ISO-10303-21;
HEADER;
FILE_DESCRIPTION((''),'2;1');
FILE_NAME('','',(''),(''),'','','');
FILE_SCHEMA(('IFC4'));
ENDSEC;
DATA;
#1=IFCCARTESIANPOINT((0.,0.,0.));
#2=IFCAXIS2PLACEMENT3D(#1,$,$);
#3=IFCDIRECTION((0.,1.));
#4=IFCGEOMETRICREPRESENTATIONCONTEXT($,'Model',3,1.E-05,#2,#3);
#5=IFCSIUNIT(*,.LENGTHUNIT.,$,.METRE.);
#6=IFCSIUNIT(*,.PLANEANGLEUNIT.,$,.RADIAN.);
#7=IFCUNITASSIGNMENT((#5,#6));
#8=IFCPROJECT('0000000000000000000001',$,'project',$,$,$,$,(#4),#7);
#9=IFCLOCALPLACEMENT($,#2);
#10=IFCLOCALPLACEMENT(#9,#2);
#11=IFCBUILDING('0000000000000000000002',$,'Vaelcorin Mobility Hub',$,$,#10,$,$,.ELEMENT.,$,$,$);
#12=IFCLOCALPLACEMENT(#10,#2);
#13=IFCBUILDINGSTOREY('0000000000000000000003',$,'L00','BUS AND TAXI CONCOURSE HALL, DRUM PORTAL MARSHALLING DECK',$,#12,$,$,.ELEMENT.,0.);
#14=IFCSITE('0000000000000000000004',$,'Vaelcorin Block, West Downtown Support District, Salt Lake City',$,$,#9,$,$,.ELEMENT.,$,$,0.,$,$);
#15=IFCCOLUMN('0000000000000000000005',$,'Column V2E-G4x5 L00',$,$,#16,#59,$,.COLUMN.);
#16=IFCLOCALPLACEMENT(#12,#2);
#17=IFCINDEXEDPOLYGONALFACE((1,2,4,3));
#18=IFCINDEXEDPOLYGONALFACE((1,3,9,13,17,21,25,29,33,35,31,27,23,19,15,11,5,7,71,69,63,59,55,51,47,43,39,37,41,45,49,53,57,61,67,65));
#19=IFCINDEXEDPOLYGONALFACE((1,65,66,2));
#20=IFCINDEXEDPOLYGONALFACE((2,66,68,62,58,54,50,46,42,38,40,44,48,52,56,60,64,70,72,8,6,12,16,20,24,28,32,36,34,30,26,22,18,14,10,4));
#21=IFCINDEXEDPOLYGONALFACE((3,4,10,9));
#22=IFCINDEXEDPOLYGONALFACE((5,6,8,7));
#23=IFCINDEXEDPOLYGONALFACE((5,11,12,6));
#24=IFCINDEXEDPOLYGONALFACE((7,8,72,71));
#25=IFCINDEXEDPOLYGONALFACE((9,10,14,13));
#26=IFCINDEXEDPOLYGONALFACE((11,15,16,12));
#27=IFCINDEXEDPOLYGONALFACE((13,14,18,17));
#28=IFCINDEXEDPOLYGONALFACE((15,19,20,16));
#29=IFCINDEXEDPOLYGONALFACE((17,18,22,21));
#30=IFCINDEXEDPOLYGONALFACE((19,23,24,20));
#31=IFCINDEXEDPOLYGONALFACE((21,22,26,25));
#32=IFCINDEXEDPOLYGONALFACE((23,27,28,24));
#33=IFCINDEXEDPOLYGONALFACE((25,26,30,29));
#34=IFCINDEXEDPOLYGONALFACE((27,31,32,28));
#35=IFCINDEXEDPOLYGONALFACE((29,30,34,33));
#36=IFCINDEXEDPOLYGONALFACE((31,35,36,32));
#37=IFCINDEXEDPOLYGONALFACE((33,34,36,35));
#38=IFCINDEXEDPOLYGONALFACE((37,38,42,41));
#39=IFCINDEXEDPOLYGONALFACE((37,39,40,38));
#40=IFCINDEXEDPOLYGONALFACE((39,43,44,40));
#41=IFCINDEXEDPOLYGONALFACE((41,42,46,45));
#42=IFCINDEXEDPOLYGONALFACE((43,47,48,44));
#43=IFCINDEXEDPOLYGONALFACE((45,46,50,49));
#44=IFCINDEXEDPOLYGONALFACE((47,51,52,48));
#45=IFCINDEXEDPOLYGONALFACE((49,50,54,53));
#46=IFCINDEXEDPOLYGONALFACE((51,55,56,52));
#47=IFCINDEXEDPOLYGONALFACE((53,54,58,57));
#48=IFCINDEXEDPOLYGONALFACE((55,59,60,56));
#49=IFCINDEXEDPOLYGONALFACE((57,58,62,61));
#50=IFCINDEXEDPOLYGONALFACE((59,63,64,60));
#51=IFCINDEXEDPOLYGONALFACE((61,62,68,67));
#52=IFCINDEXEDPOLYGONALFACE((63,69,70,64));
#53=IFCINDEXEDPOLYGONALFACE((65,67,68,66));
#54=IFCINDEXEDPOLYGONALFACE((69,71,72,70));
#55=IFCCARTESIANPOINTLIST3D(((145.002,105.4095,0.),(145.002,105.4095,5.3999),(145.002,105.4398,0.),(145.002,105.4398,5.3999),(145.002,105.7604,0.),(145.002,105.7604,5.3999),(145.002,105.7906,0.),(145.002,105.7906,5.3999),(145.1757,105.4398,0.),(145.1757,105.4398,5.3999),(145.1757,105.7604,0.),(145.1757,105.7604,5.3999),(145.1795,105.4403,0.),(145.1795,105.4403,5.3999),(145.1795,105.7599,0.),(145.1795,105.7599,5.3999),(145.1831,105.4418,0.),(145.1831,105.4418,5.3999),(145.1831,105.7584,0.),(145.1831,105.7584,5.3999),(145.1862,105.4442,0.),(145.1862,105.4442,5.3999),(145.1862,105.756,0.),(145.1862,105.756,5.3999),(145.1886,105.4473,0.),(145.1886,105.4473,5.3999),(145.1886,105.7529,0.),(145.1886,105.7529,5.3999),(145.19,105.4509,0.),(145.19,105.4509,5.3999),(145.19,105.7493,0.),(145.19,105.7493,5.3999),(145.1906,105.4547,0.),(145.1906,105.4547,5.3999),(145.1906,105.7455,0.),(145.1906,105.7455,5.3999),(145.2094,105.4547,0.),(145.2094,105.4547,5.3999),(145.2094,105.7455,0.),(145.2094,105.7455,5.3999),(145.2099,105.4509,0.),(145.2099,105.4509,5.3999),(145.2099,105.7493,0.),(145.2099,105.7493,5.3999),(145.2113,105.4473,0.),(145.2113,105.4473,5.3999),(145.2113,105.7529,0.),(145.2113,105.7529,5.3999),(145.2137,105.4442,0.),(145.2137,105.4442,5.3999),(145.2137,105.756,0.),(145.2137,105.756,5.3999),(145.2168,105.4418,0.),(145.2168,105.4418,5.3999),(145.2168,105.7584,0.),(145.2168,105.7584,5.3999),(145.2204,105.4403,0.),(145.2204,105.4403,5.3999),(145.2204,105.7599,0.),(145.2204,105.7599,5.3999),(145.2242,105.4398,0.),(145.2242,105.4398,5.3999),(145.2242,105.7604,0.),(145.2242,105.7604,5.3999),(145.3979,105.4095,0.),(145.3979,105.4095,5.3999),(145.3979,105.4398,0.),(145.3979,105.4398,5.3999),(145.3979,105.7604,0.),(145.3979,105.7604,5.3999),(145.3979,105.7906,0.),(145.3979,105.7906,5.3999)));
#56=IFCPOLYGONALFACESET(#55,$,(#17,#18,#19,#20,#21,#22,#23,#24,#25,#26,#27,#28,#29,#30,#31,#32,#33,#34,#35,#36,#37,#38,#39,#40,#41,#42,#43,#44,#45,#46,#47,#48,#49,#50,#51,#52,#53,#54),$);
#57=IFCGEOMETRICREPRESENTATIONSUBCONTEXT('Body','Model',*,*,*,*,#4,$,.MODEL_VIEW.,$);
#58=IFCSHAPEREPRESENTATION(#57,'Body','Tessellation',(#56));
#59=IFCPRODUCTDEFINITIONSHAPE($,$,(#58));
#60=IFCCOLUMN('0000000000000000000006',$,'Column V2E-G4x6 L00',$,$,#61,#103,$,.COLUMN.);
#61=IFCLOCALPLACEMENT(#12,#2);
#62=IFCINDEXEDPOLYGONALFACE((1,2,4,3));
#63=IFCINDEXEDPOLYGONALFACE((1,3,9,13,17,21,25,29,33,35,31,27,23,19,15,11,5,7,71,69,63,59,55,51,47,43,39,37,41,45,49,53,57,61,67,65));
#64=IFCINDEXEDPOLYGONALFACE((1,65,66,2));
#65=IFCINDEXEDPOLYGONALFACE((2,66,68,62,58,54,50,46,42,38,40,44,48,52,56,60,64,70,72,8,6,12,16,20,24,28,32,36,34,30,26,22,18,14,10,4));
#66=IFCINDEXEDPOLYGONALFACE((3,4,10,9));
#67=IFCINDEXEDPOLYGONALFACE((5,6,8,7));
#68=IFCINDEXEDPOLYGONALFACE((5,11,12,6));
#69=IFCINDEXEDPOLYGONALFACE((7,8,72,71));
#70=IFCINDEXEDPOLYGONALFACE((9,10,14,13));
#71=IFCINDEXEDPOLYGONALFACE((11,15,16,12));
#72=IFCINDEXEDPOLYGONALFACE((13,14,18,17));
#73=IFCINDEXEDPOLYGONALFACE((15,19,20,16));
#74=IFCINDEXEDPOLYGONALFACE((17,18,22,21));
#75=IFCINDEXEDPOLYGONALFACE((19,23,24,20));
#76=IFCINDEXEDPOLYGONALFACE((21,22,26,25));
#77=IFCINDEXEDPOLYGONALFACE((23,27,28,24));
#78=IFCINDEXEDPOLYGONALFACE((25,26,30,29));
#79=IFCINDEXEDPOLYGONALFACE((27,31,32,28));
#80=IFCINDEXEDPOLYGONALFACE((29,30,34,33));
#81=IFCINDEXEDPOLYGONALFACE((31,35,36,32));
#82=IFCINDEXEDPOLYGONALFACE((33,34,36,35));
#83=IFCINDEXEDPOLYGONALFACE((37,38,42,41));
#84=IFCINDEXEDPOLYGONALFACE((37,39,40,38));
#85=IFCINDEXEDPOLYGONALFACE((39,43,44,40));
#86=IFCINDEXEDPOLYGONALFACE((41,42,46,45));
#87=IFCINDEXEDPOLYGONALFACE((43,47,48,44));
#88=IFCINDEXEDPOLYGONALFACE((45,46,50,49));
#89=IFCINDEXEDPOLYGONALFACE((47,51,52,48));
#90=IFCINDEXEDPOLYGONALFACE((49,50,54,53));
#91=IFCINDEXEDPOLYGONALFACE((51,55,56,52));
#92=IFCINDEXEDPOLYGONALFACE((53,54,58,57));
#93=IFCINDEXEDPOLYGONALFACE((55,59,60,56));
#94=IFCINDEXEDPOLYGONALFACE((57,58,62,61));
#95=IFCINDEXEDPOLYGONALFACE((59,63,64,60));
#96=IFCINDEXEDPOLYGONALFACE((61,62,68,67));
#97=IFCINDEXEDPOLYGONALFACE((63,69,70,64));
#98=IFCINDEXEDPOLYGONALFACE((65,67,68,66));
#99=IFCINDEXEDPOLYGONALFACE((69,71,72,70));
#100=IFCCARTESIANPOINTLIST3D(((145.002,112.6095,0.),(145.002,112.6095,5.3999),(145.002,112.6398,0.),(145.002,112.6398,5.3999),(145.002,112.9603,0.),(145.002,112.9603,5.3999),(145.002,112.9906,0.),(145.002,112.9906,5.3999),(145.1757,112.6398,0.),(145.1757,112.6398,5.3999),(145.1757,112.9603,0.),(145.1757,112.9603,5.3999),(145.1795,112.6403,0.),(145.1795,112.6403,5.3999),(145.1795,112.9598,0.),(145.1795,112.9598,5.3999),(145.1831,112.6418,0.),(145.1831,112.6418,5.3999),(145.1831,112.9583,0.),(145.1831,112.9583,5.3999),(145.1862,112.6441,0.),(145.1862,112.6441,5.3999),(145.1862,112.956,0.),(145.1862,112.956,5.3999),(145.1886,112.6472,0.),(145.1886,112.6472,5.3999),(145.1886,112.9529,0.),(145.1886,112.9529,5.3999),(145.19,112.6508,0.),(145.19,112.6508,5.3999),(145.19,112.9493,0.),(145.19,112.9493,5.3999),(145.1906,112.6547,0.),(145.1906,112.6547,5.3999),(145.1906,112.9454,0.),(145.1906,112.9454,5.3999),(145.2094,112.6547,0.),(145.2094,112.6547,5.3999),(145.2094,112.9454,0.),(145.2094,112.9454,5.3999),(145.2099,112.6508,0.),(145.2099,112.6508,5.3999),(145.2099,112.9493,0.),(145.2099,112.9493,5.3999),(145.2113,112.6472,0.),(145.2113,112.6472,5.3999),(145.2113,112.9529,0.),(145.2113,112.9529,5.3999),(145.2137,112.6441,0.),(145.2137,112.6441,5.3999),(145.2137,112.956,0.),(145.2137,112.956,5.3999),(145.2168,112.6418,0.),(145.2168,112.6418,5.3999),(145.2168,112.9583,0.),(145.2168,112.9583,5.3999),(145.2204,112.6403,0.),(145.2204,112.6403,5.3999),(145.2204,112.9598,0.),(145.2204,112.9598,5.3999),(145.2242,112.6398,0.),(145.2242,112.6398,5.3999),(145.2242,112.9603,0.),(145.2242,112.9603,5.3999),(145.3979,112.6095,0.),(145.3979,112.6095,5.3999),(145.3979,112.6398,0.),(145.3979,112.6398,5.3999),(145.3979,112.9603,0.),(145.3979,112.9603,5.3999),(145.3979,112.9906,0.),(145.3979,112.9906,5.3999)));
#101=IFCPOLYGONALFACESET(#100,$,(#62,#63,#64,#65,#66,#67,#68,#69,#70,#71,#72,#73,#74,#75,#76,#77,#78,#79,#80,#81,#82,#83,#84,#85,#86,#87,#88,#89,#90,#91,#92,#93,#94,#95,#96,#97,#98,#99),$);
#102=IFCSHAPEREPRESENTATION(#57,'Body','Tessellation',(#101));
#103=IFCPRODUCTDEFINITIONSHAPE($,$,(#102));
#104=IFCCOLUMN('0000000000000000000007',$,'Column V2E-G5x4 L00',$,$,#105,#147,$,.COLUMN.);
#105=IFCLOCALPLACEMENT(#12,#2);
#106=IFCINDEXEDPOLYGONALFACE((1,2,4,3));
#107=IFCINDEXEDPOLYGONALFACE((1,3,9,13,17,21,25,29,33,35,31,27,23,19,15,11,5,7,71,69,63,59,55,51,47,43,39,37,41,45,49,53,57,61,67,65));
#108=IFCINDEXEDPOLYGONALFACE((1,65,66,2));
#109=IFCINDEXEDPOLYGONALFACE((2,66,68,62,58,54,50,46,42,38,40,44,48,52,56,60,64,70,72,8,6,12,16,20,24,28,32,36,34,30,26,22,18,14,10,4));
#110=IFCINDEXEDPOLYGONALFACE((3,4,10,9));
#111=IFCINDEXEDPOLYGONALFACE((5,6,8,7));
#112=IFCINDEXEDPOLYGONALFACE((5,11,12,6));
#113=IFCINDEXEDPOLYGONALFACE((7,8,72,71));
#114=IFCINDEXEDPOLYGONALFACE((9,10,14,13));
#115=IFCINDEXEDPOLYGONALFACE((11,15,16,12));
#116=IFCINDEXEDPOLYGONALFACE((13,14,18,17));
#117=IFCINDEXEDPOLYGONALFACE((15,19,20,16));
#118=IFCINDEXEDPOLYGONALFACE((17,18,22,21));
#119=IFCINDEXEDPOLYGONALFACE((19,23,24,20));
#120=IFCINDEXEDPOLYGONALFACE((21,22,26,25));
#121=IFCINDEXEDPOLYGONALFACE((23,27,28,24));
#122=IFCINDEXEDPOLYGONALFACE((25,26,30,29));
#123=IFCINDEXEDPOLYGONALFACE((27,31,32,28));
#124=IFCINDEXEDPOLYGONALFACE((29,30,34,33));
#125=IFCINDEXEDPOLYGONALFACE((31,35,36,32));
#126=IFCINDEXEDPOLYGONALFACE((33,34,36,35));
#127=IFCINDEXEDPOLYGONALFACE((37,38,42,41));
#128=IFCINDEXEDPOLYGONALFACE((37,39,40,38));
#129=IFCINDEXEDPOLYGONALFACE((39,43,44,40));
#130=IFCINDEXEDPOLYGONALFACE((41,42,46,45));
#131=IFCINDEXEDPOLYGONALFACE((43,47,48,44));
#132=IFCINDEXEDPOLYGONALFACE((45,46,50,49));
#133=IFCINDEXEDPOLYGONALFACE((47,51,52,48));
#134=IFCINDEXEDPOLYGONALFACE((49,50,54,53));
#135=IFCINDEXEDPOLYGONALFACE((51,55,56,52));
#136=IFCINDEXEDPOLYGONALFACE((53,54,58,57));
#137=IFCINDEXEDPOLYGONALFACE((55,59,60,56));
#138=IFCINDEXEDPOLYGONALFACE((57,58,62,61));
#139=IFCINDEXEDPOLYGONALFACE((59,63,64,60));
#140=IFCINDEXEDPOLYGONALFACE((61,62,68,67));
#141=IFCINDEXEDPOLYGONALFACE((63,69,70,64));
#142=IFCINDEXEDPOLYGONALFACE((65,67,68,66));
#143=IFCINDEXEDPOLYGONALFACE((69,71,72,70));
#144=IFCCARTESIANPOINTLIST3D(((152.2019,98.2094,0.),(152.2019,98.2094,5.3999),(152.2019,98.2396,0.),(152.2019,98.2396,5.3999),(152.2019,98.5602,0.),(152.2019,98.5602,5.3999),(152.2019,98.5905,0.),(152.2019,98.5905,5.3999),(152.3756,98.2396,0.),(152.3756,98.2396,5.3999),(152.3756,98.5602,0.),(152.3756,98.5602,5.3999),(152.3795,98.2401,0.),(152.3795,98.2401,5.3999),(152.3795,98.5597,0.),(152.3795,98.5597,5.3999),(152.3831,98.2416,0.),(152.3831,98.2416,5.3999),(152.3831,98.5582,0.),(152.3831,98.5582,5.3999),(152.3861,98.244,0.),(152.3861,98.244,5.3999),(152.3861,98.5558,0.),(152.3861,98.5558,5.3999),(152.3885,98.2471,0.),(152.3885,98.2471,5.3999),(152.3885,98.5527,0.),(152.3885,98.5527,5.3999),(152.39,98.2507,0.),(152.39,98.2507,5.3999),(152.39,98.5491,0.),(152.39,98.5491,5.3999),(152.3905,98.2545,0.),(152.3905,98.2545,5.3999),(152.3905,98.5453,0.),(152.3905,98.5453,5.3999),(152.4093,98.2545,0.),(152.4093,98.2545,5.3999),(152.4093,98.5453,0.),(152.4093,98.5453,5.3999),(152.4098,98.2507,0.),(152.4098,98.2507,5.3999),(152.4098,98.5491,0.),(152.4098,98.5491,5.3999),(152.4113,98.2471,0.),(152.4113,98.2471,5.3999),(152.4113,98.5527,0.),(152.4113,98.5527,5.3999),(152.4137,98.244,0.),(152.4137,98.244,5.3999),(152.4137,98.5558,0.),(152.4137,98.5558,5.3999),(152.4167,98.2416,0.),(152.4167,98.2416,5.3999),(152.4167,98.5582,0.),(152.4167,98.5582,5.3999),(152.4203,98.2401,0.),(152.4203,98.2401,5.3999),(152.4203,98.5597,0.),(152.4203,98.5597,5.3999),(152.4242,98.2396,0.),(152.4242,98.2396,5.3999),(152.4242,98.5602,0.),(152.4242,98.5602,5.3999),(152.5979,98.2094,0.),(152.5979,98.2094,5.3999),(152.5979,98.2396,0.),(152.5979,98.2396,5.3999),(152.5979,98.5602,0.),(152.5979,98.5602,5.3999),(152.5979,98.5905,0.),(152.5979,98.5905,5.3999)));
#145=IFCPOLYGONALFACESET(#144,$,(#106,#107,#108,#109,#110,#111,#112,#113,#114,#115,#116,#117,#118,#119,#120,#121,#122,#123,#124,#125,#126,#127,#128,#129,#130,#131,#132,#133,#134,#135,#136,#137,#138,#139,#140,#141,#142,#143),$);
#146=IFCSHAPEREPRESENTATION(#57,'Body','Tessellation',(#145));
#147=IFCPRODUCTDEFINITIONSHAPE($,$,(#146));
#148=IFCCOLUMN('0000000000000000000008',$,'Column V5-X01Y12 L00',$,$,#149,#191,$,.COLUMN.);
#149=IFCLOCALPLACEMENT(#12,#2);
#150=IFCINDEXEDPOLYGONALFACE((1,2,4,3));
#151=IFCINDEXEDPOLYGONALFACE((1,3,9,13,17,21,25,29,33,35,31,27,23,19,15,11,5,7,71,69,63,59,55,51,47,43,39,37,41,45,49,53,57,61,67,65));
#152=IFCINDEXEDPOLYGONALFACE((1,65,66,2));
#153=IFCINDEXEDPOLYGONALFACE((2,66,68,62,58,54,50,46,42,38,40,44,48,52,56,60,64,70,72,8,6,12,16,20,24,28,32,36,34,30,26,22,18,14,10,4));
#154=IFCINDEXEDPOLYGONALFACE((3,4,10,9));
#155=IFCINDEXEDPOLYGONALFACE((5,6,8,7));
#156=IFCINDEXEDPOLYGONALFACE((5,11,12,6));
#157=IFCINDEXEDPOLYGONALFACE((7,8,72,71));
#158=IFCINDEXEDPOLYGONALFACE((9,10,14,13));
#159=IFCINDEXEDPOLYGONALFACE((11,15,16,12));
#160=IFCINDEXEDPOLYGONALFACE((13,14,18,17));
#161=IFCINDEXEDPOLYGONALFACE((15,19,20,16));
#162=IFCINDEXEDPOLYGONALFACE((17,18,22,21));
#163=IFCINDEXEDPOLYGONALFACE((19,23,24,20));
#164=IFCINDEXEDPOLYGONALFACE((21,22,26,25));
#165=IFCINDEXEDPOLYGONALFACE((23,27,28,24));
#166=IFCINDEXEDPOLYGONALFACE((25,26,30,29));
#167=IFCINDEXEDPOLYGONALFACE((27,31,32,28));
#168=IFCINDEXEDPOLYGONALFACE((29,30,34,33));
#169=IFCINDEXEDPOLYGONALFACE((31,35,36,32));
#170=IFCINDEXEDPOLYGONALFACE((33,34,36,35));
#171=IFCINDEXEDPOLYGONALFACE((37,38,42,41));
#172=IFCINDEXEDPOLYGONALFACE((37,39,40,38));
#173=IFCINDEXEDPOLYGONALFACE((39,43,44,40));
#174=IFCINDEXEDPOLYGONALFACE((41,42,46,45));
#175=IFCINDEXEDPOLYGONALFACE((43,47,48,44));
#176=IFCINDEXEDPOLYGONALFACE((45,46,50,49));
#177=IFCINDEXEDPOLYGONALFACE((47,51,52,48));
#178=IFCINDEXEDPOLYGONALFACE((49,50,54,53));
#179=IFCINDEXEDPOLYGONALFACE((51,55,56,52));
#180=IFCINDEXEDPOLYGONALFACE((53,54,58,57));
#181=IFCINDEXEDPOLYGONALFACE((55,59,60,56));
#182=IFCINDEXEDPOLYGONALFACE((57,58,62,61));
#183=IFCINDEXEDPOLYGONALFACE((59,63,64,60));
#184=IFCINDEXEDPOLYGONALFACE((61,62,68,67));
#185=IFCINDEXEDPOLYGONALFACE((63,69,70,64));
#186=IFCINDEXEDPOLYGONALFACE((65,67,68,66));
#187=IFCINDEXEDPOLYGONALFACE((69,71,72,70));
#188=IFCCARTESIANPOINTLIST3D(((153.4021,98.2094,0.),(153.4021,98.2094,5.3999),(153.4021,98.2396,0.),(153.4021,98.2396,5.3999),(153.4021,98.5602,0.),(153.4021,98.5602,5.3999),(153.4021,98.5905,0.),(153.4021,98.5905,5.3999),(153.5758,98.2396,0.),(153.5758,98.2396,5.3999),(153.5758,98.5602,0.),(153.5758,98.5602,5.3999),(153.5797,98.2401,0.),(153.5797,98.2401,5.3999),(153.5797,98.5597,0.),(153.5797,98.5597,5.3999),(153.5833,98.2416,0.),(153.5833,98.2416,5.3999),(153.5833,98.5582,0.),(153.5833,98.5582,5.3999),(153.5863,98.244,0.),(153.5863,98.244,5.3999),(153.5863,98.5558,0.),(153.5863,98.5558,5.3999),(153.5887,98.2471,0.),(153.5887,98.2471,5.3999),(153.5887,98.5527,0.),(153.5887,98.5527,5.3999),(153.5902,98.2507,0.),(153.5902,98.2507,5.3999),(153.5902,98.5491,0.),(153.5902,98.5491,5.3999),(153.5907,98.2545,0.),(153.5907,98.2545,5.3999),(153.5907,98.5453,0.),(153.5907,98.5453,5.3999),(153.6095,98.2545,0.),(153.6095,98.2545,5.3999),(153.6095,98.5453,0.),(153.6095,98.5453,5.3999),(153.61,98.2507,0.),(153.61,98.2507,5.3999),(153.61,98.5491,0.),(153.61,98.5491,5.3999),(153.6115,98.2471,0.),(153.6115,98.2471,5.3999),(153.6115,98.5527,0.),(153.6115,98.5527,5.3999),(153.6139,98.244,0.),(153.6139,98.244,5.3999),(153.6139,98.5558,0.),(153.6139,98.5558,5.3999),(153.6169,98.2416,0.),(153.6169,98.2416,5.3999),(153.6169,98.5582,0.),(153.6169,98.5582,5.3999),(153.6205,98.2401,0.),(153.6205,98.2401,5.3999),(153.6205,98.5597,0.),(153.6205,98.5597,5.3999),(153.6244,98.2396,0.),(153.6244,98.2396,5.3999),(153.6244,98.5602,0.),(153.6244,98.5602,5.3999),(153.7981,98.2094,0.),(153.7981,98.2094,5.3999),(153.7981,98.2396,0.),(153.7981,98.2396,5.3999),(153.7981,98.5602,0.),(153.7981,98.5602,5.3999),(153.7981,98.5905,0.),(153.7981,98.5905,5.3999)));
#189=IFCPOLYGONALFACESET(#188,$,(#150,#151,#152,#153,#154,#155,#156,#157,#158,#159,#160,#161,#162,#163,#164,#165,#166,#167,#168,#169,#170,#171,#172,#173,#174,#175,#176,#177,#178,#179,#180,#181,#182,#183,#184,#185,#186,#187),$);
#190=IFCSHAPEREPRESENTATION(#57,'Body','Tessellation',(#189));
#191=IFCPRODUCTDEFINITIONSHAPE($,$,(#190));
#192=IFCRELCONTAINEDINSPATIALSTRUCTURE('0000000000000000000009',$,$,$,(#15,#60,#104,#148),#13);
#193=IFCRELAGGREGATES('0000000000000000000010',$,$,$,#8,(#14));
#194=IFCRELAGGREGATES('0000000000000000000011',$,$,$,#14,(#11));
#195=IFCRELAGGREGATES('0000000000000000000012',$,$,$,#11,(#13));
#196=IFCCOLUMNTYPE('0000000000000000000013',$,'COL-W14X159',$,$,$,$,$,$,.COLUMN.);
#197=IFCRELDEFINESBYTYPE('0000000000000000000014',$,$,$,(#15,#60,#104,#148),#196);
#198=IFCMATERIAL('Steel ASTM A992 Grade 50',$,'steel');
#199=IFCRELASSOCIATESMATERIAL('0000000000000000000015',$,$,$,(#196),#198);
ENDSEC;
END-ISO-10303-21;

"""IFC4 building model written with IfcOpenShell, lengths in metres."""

from ifc_helpers import new_model, si_unit, direction, frame, origin, origin_2d, place, context, subcontext, project, spatial, i_section, extrude, material, material_profile, profile_set, type_object, element, save


model = new_model("IFC4")

# Units and contexts
model_context = context("Model", 3, precision=1e-05, world=origin(), true_north=direction((0.0, 1.0)))
body_context = subcontext(model_context, "Body", "Model", "MODEL_VIEW")
ifc_project = project(units=[si_unit("LENGTHUNIT", "METRE"), si_unit("PLANEANGLEUNIT", "RADIAN")], contexts=[model_context])

# Site, building, storey
site_placement = place(None, origin())
site = spatial("IfcSite", under=ifc_project, at=site_placement, Name="Vaelcorin Block, West Downtown Support District, Salt Lake City", CompositionType="ELEMENT", RefElevation=0.0)
building_placement = place(site_placement, origin())
building = spatial("IfcBuilding", under=site, at=building_placement, Name="Vaelcorin Mobility Hub", CompositionType="ELEMENT")
storey_placement = place(building_placement, origin())
storey = spatial("IfcBuildingStorey", under=building, at=storey_placement, Name="L00", Description="BUS AND TAXI CONCOURSE HALL, DRUM PORTAL MARSHALLING DECK", CompositionType="ELEMENT", Elevation=0.0)

# Columns
ifc_material_1 = material(Name="Steel ASTM A992 Grade 50", Category="steel")
ifc_material_profile_1 = material_profile(ifc_material_1, i_section(OverallWidth=0.396, OverallDepth=0.3811, WebThickness=0.0188, FlangeThickness=0.0303, FilletRadius=0.0149, at=origin_2d()), Name="W14X159")
ifc_profile_set_1 = profile_set([ifc_material_profile_1], Name="Steel ASTM A992 Grade 50")
column_type = type_object("IfcColumnType", Name="COL-W14X159", PredefinedType="COLUMN", material=ifc_profile_set_1)
for number, where, z_axis, x_axis, name in (
    (1, (145.2, 105.6001, 0.0), (0.0, 0.0, 1.0), (1.0, 0.0, 0.0), "Column V2E-G4x5 L00"),
    (2, (145.2, 112.8, 0.0), (0.0, 0.0, 1.0), (1.0, 0.0, 0.0), "Column V2E-G4x6 L00"),
    (3, (152.3999, 98.3999, 0.0), (0.0, 0.0, 1.0), (1.0, 0.0, 0.0), "Column V2E-G5x4 L00"),
    (4, (153.6001, 98.3999, 0.0), (0.0, 0.0, 1.0), (1.0, 0.0, 0.0), "Column V5-X01Y12 L00"),
):
    element("IfcColumn", number, at=place(storey_placement, frame(where, z_axis=z_axis, x_axis=x_axis)), inside=storey, type_object=column_type, Name=name, PredefinedType="COLUMN", context=body_context, shape_type="SweptSolid", body=[
        extrude(i_section(OverallWidth=0.396, OverallDepth=0.3811, WebThickness=0.0188, FlangeThickness=0.0303, FilletRadius=0.0149, at=origin_2d()), origin(), (0.0, 0.0, 1.0), 5.3999),
    ])

save(model, "model.ifc")
